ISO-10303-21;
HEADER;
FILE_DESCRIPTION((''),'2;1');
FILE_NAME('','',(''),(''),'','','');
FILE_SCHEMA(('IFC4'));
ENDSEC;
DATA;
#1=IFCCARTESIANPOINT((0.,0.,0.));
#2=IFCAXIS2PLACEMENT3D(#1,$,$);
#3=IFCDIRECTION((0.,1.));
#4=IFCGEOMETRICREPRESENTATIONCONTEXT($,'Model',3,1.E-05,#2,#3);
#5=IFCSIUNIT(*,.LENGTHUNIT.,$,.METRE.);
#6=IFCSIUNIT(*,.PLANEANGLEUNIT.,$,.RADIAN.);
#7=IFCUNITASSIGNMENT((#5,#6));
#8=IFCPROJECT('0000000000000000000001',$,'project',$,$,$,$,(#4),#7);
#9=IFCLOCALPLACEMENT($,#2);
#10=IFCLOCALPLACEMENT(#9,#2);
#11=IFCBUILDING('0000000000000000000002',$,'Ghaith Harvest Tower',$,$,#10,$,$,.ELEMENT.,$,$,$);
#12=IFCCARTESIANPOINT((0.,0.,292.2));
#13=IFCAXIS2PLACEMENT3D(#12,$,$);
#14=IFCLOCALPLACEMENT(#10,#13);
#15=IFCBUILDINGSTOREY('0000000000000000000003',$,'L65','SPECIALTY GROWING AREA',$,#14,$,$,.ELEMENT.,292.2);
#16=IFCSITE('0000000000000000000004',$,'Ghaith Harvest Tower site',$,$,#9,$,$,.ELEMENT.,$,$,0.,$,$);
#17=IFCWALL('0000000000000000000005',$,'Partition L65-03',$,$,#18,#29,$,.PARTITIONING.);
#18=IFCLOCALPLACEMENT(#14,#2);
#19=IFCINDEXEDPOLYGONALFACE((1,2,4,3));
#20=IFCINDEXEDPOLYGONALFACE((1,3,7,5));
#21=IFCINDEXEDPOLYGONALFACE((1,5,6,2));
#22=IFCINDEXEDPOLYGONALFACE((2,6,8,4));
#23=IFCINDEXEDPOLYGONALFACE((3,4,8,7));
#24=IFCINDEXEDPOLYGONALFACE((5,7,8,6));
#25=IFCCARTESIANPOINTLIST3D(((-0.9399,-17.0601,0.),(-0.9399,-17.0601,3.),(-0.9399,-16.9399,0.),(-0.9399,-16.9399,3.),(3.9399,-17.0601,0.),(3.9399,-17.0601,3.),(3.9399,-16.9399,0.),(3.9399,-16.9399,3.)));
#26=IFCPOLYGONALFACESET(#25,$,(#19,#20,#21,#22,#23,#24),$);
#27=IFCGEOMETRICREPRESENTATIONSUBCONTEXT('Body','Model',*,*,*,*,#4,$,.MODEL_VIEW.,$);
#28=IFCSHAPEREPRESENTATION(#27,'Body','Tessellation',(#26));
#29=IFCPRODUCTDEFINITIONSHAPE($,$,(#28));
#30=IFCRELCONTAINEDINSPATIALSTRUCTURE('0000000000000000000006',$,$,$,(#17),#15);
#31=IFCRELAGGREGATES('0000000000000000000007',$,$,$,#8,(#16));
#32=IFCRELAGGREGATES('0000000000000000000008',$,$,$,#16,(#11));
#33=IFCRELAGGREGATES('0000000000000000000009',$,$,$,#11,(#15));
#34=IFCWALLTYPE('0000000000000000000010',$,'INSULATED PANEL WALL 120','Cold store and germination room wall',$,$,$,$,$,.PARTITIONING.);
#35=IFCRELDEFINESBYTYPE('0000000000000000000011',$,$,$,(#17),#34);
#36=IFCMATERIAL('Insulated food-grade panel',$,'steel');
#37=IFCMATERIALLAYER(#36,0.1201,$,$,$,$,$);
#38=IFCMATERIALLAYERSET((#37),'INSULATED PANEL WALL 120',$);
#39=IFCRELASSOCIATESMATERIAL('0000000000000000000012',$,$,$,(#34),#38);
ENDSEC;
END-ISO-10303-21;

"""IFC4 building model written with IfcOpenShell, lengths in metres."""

from ifc_helpers import new_model, si_unit, direction, frame, frame_2d, origin, place, context, subcontext, project, spatial, rectangle, extrude, material, layer, layer_set, type_object, element, save


model = new_model("IFC4")

# Units and contexts
model_context = context("Model", 3, precision=1e-05, world=origin(), true_north=direction((0.0, 1.0)))
body_context = subcontext(model_context, "Body", "Model", "MODEL_VIEW")
ifc_project = project(units=[si_unit("LENGTHUNIT", "METRE"), si_unit("PLANEANGLEUNIT", "RADIAN")], contexts=[model_context])

# Site, building, storey
site_placement = place(None, origin())
site = spatial("IfcSite", under=ifc_project, at=site_placement, Name="Ghaith Harvest Tower site", CompositionType="ELEMENT", RefElevation=0.0)
building_placement = place(site_placement, origin())
building = spatial("IfcBuilding", under=site, at=building_placement, Name="Ghaith Harvest Tower", CompositionType="ELEMENT")
storey_placement = place(building_placement, frame((0.0, 0.0, 292.2)))
storey = spatial("IfcBuildingStorey", under=building, at=storey_placement, Name="L65", Description="SPECIALTY GROWING AREA", CompositionType="ELEMENT", Elevation=292.2)

# Shared definitions
ifc_material_1 = material(Name="Insulated food-grade panel", Category="steel")
ifc_layer_1 = layer(ifc_material_1, 0.1201)
ifc_layer_set_1 = layer_set([ifc_layer_1], Name="INSULATED PANEL WALL 120")
wall_type = type_object("IfcWallType", Name="INSULATED PANEL WALL 120", Description="Cold store and germination room wall", PredefinedType="PARTITIONING", material=ifc_layer_set_1)

# Wall
wall_1_placement = place(storey_placement, frame((-0.9399, -17.0, 0.0), z_axis=(0.0, 0.0, 1.0), x_axis=(1.0, 0.0, 0.0)))
element("IfcWall", 1, at=wall_1_placement, inside=storey, type_object=wall_type, Name="Partition L65-03", PredefinedType="PARTITIONING", context=body_context, shape_type="SweptSolid", body=[
    extrude(rectangle(XDim=4.8799, YDim=0.1201, at=frame_2d((2.4399, 0.0))), origin(), (0.0, 0.0, 1.0), 3.0),
])

save(model, "model.ifc")
